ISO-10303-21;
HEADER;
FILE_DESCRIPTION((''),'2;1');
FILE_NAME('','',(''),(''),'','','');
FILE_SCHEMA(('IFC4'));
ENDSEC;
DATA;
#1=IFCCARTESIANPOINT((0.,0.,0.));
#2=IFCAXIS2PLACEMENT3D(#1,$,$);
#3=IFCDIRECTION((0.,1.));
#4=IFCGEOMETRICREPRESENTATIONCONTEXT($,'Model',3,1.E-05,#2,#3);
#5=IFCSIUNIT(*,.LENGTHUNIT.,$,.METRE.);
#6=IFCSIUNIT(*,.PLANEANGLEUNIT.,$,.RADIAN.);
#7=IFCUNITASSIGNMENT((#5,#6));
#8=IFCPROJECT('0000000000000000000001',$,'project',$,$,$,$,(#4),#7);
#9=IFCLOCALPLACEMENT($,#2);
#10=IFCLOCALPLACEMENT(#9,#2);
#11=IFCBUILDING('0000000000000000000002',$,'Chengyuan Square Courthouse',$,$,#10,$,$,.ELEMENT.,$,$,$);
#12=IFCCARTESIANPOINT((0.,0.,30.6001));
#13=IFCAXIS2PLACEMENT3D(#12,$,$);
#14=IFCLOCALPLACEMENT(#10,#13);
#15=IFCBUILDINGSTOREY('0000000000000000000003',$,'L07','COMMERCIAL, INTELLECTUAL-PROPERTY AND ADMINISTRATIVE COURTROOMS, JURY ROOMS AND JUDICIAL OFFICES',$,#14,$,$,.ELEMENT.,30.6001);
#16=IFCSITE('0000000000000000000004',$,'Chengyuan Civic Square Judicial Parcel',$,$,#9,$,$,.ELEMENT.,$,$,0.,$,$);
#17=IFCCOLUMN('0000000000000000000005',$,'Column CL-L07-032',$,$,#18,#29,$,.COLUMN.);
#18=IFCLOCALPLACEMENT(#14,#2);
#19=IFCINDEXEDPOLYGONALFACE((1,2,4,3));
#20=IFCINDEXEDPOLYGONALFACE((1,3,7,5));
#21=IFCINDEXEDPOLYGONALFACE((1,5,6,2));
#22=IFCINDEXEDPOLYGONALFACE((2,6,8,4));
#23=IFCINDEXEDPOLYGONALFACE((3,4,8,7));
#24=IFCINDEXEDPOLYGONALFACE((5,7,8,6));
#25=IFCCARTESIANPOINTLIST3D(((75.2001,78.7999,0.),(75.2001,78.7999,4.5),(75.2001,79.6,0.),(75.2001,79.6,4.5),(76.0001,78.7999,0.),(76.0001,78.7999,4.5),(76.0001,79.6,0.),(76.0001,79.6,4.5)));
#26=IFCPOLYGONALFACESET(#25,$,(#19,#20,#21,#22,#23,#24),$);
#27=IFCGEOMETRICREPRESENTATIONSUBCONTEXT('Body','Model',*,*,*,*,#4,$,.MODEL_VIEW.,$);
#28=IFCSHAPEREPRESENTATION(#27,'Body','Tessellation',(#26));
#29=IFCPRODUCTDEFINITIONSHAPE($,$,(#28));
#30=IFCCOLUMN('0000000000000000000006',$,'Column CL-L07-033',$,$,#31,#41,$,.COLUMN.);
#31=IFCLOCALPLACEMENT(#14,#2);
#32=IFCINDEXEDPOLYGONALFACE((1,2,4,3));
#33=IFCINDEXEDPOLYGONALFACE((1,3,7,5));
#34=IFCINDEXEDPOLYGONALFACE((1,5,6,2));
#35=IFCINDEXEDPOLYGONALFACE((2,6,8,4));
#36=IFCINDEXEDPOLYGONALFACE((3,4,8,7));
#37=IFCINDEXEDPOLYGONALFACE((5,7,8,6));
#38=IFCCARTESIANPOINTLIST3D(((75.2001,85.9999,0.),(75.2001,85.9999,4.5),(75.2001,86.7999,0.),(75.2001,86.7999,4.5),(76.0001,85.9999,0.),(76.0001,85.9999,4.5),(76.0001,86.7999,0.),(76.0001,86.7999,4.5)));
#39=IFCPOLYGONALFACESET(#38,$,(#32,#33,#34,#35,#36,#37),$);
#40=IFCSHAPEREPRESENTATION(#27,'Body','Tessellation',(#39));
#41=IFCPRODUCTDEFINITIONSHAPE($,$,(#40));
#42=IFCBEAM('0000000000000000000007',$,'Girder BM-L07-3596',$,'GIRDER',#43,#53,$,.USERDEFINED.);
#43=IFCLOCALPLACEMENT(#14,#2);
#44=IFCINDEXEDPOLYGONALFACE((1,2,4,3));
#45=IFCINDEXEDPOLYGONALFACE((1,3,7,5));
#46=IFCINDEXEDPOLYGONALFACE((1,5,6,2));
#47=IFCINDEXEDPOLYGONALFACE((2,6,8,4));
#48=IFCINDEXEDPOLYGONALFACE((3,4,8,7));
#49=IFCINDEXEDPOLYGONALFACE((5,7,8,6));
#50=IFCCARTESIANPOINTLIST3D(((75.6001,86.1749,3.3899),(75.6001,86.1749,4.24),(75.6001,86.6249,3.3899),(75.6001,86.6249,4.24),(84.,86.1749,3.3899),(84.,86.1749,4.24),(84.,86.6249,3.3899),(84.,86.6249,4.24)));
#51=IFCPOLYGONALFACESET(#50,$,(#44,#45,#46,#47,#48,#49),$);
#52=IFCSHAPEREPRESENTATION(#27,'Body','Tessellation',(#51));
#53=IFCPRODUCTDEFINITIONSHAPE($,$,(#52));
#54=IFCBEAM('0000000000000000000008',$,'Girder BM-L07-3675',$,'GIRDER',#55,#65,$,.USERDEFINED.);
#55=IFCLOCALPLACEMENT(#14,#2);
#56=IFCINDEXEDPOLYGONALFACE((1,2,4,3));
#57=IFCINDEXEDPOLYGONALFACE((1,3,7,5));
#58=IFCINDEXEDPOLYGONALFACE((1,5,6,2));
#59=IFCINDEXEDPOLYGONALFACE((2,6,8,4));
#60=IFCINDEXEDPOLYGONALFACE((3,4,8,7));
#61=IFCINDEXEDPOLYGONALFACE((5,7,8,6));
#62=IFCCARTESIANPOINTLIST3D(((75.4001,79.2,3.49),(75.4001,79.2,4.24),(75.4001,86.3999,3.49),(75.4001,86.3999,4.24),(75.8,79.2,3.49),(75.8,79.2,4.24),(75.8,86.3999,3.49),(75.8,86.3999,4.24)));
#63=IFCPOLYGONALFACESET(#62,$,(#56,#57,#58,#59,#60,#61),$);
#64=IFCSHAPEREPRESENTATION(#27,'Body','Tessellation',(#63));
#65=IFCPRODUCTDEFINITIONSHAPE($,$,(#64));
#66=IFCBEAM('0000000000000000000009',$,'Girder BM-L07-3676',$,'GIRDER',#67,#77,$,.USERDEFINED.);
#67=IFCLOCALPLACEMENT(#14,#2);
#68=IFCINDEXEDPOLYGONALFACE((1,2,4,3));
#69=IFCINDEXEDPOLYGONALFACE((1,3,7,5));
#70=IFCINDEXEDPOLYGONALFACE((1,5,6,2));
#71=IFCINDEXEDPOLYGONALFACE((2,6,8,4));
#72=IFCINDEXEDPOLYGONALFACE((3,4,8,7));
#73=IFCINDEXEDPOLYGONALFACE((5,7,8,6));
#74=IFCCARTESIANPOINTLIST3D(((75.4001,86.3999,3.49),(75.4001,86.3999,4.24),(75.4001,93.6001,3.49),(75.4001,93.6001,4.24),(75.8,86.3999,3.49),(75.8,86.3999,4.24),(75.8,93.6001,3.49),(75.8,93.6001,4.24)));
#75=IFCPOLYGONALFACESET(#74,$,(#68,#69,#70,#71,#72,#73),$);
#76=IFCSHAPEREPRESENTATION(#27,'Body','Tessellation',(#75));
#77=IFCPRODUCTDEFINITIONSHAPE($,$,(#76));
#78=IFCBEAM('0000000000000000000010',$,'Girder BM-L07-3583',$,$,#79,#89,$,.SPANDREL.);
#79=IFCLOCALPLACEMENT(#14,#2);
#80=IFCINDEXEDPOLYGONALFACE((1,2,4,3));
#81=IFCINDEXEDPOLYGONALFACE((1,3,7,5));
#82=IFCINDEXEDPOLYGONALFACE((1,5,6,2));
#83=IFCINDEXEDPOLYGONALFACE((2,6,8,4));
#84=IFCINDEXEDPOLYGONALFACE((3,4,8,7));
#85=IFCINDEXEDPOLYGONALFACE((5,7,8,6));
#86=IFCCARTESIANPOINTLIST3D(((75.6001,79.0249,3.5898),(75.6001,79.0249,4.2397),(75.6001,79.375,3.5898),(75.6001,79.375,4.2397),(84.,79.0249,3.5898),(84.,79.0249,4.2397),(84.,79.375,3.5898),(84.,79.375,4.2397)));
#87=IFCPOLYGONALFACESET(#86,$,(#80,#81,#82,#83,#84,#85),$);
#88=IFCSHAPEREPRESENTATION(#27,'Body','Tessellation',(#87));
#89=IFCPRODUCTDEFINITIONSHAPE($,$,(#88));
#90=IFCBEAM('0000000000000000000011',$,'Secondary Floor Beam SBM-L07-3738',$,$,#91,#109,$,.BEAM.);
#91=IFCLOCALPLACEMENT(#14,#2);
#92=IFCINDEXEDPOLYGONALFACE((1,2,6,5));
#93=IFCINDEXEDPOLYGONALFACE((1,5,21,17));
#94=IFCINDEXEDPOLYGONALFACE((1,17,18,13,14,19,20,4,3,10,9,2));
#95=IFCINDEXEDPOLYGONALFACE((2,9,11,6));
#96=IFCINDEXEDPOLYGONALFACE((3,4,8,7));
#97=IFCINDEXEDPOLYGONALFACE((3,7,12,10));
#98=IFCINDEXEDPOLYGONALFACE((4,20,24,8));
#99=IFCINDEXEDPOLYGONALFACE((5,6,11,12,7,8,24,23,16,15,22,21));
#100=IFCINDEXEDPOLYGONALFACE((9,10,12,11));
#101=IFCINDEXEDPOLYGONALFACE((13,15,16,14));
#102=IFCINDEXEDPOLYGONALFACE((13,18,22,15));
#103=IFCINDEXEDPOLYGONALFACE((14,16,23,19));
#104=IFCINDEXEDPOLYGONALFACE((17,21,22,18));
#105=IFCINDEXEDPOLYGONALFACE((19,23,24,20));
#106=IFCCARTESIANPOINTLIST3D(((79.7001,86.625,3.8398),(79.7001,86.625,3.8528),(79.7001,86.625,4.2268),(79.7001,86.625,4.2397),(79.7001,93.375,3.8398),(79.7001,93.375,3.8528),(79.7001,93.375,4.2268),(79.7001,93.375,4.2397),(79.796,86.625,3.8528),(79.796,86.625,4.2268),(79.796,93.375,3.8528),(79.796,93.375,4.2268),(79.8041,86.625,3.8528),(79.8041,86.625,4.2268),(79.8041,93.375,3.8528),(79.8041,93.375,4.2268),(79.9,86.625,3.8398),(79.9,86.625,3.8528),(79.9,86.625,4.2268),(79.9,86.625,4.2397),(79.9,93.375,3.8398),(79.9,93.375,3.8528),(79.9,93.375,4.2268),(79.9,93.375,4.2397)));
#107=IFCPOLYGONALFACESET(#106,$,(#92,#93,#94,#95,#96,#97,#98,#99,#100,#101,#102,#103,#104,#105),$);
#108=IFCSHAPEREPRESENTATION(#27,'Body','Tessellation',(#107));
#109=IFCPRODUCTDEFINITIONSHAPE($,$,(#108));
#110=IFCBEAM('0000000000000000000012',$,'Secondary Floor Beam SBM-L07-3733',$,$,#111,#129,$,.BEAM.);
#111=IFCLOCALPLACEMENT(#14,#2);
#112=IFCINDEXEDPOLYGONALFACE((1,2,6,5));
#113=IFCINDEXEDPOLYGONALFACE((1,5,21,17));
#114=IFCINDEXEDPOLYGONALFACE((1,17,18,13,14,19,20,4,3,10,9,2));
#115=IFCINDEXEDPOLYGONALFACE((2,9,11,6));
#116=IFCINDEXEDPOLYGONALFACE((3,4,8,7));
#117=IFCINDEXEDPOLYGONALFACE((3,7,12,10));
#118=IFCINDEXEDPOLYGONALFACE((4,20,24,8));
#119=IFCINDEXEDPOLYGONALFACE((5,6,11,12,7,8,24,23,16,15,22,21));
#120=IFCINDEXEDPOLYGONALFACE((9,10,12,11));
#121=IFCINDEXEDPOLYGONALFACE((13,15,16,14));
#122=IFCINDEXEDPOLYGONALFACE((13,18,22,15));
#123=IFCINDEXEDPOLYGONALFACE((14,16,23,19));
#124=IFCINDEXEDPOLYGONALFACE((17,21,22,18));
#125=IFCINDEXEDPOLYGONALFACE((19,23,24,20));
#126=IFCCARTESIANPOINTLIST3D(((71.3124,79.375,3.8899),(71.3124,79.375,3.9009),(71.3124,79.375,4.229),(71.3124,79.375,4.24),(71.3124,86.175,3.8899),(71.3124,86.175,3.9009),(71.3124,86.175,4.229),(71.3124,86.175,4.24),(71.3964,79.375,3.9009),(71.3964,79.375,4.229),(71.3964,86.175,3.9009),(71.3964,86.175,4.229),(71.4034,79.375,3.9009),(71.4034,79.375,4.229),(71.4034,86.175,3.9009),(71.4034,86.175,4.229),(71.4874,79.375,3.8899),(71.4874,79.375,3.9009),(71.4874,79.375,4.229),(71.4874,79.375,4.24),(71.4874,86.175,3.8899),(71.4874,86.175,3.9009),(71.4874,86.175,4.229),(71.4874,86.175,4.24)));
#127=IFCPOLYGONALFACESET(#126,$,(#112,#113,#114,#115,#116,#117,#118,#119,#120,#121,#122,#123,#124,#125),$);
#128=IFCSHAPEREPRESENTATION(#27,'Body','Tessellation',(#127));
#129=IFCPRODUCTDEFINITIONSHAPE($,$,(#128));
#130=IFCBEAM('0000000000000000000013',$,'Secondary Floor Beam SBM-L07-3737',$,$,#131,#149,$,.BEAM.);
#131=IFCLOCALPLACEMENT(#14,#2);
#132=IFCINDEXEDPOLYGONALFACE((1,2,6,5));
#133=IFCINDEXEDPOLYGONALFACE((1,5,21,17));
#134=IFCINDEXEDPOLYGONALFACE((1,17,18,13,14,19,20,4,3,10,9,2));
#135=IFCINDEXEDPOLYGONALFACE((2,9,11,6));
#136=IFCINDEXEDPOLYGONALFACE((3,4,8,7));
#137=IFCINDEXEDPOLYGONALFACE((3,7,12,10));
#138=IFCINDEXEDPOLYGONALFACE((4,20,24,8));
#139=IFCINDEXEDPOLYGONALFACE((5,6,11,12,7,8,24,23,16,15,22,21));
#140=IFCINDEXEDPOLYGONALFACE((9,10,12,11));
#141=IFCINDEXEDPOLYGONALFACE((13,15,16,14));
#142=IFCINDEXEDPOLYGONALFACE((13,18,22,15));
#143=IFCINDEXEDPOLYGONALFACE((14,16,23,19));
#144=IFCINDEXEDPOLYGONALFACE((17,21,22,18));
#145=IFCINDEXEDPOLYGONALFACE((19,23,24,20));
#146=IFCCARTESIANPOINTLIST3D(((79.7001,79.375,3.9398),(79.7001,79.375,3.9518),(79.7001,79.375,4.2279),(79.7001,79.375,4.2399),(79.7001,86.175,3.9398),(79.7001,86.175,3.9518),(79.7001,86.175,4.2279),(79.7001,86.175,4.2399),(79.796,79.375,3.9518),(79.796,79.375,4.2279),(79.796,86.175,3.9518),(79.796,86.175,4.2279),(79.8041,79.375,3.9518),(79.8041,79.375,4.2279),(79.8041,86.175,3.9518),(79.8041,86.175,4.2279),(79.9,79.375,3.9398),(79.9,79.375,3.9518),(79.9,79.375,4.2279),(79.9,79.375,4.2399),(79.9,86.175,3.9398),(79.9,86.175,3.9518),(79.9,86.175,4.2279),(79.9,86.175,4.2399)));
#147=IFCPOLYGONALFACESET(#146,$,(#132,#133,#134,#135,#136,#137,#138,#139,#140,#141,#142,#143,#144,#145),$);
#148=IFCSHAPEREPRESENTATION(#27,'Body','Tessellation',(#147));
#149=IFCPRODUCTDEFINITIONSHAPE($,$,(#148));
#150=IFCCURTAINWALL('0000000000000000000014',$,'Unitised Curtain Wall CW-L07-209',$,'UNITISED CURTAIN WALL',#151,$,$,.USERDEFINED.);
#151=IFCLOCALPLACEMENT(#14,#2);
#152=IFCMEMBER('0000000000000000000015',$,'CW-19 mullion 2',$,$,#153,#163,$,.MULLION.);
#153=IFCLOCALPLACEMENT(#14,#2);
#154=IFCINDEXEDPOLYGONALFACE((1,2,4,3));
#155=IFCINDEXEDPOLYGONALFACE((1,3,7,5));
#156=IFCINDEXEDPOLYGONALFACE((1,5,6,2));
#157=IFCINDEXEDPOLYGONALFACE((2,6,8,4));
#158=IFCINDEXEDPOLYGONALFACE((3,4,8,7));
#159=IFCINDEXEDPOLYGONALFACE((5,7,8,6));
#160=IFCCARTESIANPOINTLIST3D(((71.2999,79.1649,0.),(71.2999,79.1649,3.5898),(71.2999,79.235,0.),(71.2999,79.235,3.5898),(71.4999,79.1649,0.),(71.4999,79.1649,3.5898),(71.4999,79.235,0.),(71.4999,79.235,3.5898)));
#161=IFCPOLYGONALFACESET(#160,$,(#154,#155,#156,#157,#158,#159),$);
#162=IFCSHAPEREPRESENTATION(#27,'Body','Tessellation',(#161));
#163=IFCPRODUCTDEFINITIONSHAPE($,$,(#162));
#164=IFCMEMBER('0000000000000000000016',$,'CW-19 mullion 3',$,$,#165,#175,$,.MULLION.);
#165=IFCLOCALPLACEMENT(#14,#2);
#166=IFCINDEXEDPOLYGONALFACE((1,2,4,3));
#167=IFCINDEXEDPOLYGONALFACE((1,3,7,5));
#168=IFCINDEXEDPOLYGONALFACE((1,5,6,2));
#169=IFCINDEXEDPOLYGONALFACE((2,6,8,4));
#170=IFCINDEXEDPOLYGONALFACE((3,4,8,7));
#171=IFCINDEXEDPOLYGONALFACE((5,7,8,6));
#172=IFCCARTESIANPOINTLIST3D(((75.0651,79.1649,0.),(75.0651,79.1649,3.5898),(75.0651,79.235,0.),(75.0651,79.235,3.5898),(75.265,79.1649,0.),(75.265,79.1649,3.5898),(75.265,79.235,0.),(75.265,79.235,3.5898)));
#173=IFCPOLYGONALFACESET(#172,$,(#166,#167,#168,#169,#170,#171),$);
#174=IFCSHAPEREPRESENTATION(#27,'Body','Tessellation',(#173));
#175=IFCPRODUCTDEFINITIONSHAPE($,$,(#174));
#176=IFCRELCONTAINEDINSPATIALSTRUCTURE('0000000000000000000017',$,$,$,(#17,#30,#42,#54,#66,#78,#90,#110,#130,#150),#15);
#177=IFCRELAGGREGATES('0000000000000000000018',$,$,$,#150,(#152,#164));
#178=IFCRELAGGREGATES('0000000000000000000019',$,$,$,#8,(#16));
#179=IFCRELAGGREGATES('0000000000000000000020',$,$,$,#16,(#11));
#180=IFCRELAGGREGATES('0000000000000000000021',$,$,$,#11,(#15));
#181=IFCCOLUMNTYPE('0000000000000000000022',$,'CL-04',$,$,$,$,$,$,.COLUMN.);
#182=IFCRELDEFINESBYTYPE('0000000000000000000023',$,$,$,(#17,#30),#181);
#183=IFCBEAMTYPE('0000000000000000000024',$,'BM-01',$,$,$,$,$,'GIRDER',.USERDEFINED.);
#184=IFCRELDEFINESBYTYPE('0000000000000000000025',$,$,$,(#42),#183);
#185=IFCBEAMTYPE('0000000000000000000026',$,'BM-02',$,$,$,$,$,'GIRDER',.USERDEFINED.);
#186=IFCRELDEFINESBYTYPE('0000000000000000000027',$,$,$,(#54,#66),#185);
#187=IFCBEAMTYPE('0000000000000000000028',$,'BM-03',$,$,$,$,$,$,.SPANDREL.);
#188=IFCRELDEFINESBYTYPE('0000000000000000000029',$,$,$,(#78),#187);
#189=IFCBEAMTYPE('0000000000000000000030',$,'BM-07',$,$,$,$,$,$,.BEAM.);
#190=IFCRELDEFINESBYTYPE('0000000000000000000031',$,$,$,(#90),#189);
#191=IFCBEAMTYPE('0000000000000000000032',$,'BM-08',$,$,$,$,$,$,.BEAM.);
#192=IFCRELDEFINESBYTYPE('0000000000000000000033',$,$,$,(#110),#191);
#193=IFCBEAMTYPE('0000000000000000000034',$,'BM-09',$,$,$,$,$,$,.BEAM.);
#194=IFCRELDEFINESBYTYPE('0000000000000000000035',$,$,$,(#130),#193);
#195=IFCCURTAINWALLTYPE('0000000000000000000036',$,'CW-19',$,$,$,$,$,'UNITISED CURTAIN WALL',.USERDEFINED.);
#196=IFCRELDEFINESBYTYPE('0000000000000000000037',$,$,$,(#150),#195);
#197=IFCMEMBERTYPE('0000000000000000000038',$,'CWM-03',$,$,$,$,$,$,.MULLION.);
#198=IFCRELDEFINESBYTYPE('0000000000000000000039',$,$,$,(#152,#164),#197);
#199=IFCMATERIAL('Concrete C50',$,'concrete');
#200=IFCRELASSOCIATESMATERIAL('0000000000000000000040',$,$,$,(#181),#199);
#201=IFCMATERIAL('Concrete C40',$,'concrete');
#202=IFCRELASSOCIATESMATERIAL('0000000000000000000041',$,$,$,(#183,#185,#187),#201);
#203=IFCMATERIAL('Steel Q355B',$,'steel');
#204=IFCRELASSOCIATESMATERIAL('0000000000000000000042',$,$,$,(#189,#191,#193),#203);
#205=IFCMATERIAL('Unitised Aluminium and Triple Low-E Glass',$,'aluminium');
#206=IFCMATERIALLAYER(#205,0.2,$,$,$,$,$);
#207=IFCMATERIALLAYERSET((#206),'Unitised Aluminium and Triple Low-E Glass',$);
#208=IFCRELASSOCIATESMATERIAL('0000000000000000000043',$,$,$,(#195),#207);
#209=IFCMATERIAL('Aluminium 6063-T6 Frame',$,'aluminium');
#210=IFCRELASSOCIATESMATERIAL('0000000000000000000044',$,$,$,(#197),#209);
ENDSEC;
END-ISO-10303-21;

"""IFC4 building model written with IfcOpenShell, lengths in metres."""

from ifc_helpers import new_model, si_unit, direction, frame, origin, origin_2d, place, context, subcontext, project, spatial, rectangle, i_section, extrude, material, layer, layer_set, material_profile, profile_set, type_object, element, aggregate, save


model = new_model("IFC4")

# Units and contexts
model_context = context("Model", 3, precision=1e-05, world=origin(), true_north=direction((0.0, 1.0)))
body_context = subcontext(model_context, "Body", "Model", "MODEL_VIEW")
ifc_project = project(units=[si_unit("LENGTHUNIT", "METRE"), si_unit("PLANEANGLEUNIT", "RADIAN")], contexts=[model_context])

# Site, building, storey
site_placement = place(None, origin())
site = spatial("IfcSite", under=ifc_project, at=site_placement, Name="Chengyuan Civic Square Judicial Parcel", CompositionType="ELEMENT", RefElevation=0.0)
building_placement = place(site_placement, origin())
building = spatial("IfcBuilding", under=site, at=building_placement, Name="Chengyuan Square Courthouse", CompositionType="ELEMENT")
storey_placement = place(building_placement, frame((0.0, 0.0, 30.6001)))
storey = spatial("IfcBuildingStorey", under=building, at=storey_placement, Name="L07", Description="COMMERCIAL, INTELLECTUAL-PROPERTY AND ADMINISTRATIVE COURTROOMS, JURY ROOMS AND JUDICIAL OFFICES", CompositionType="ELEMENT", Elevation=30.6001)

# Columns
ifc_material_1 = material(Name="Concrete C50", Category="concrete")
ifc_material_profile_1 = material_profile(ifc_material_1, rectangle(XDim=0.8, YDim=0.8, at=origin_2d()), Name="RC-COL-800x800")
ifc_profile_set_1 = profile_set([ifc_material_profile_1], Name="Concrete C50")
column_type = type_object("IfcColumnType", Name="CL-04", PredefinedType="COLUMN", material=ifc_profile_set_1)
for number, where, z_axis, x_axis, name in (
    (1, (75.6001, 79.2, 0.0), (0.0, 0.0, 1.0), (1.0, 0.0, 0.0), "Column CL-L07-032"),
    (2, (75.6001, 86.3999, 0.0), (0.0, 0.0, 1.0), (1.0, 0.0, 0.0), "Column CL-L07-033"),
):
    element("IfcColumn", number, at=place(storey_placement, frame(where, z_axis=z_axis, x_axis=x_axis)), inside=storey, type_object=column_type, Name=name, PredefinedType="COLUMN", context=body_context, shape_type="SweptSolid", body=[
        extrude(rectangle(XDim=0.8, YDim=0.8, at=origin_2d()), origin(), (0.0, 0.0, 1.0), 4.5),
    ])

# Beams
ifc_material_2 = material(Name="Concrete C40", Category="concrete")
ifc_material_profile_2 = material_profile(ifc_material_2, rectangle(XDim=0.45, YDim=0.8501, at=origin_2d()), Name="RC-BM-450x850")
ifc_profile_set_2 = profile_set([ifc_material_profile_2], Name="Concrete C40")
beam_type_1 = type_object("IfcBeamType", Name="BM-01", ElementType="GIRDER", PredefinedType="USERDEFINED", material=ifc_profile_set_2)
beam_1_placement = place(storey_placement, frame((75.6001, 86.3999, 3.8149), z_axis=(1.0, 0.0, 0.0), x_axis=(0.0, 1.0, 0.0)))
element("IfcBeam", 3, at=beam_1_placement, inside=storey, type_object=beam_type_1, Name="Girder BM-L07-3596", ObjectType="GIRDER", PredefinedType="USERDEFINED", context=body_context, shape_type="SweptSolid", body=[
    extrude(rectangle(XDim=0.45, YDim=0.8501, at=origin_2d()), origin(), (0.0, 0.0, 1.0), 8.3999),
])
ifc_material_profile_3 = material_profile(ifc_material_2, rectangle(XDim=0.3999, YDim=0.75, at=origin_2d()), Name="RC-BM-400x750")
ifc_profile_set_3 = profile_set([ifc_material_profile_3], Name="Concrete C40")
beam_type_2 = type_object("IfcBeamType", Name="BM-02", ElementType="GIRDER", PredefinedType="USERDEFINED", material=ifc_profile_set_3)
beam_2_placement = place(storey_placement, frame((75.6001, 79.2, 3.865), z_axis=(0.0, 1.0, 0.0), x_axis=(-1.0, 0.0, 0.0)))
element("IfcBeam", 4, at=beam_2_placement, inside=storey, type_object=beam_type_2, Name="Girder BM-L07-3675", ObjectType="GIRDER", PredefinedType="USERDEFINED", context=body_context, shape_type="SweptSolid", body=[
    extrude(rectangle(XDim=0.3999, YDim=0.75, at=origin_2d()), origin(), (0.0, 0.0, 1.0), 7.2),
])
beam_3_placement = place(storey_placement, frame((75.6001, 86.3999, 3.865), z_axis=(0.0, 1.0, 0.0), x_axis=(-1.0, 0.0, 0.0)))
element("IfcBeam", 5, at=beam_3_placement, inside=storey, type_object=beam_type_2, Name="Girder BM-L07-3676", ObjectType="GIRDER", PredefinedType="USERDEFINED", context=body_context, shape_type="SweptSolid", body=[
    extrude(rectangle(XDim=0.3999, YDim=0.75, at=origin_2d()), origin(), (0.0, 0.0, 1.0), 7.2002),
])
ifc_material_profile_4 = material_profile(ifc_material_2, rectangle(XDim=0.3501, YDim=0.6499, at=origin_2d()), Name="RC-BM-350x650")
ifc_profile_set_4 = profile_set([ifc_material_profile_4], Name="Concrete C40")
beam_type_3 = type_object("IfcBeamType", Name="BM-03", PredefinedType="SPANDREL", material=ifc_profile_set_4)
beam_4_placement = place(storey_placement, frame((75.6001, 79.2, 3.9148), z_axis=(1.0, 0.0, 0.0), x_axis=(0.0, 1.0, 0.0)))
element("IfcBeam", 6, at=beam_4_placement, inside=storey, type_object=beam_type_3, Name="Girder BM-L07-3583", PredefinedType="SPANDREL", context=body_context, shape_type="SweptSolid", body=[
    extrude(rectangle(XDim=0.3501, YDim=0.6499, at=origin_2d()), origin(), (0.0, 0.0, 1.0), 8.3999),
])
ifc_material_3 = material(Name="Steel Q355B", Category="steel")
ifc_material_profile_5 = material_profile(ifc_material_3, i_section(OverallWidth=0.2, OverallDepth=0.3999, WebThickness=0.0081, FlangeThickness=0.0129, at=origin_2d()), Name="HN 400x200x8x13")
ifc_profile_set_5 = profile_set([ifc_material_profile_5], Name="Steel Q355B")
beam_type_4 = type_object("IfcBeamType", Name="BM-07", PredefinedType="BEAM", material=ifc_profile_set_5)
beam_5_placement = place(storey_placement, frame((79.8, 86.625, 4.0398), z_axis=(0.0, 1.0, 0.0), x_axis=(-1.0, 0.0, 0.0)))
element("IfcBeam", 7, at=beam_5_placement, inside=storey, type_object=beam_type_4, Name="Secondary Floor Beam SBM-L07-3738", PredefinedType="BEAM", context=body_context, shape_type="SweptSolid", body=[
    extrude(i_section(OverallWidth=0.2, OverallDepth=0.3999, WebThickness=0.0081, FlangeThickness=0.0129, at=origin_2d()), origin(), (0.0, 0.0, 1.0), 6.75),
])
ifc_material_profile_6 = material_profile(ifc_material_3, i_section(OverallWidth=0.175, OverallDepth=0.3501, WebThickness=0.0071, FlangeThickness=0.011, at=origin_2d()), Name="HN 350x175x7x11")
ifc_profile_set_6 = profile_set([ifc_material_profile_6], Name="Steel Q355B")
beam_type_5 = type_object("IfcBeamType", Name="BM-08", PredefinedType="BEAM", material=ifc_profile_set_6)
beam_6_placement = place(storey_placement, frame((71.3999, 79.375, 4.0649), z_axis=(0.0, 1.0, 0.0), x_axis=(-1.0, 0.0, 0.0)))
element("IfcBeam", 8, at=beam_6_placement, inside=storey, type_object=beam_type_5, Name="Secondary Floor Beam SBM-L07-3733", PredefinedType="BEAM", context=body_context, shape_type="SweptSolid", body=[
    extrude(i_section(OverallWidth=0.175, OverallDepth=0.3501, WebThickness=0.0071, FlangeThickness=0.011, at=origin_2d()), origin(), (0.0, 0.0, 1.0), 6.8),
])
ifc_material_profile_7 = material_profile(ifc_material_3, i_section(OverallWidth=0.2, OverallDepth=0.3, WebThickness=0.0081, FlangeThickness=0.012, at=origin_2d()), Name="HM 300x200x8x12")
ifc_profile_set_7 = profile_set([ifc_material_profile_7], Name="Steel Q355B")
beam_type_6 = type_object("IfcBeamType", Name="BM-09", PredefinedType="BEAM", material=ifc_profile_set_7)
beam_7_placement = place(storey_placement, frame((79.8, 79.375, 4.0898), z_axis=(0.0, 1.0, 0.0), x_axis=(-1.0, 0.0, 0.0)))
element("IfcBeam", 9, at=beam_7_placement, inside=storey, type_object=beam_type_6, Name="Secondary Floor Beam SBM-L07-3737", PredefinedType="BEAM", context=body_context, shape_type="SweptSolid", body=[
    extrude(i_section(OverallWidth=0.2, OverallDepth=0.3, WebThickness=0.0081, FlangeThickness=0.012, at=origin_2d()), origin(), (0.0, 0.0, 1.0), 6.8),
])

# Curtain wall, members
ifc_material_4 = material(Name="Unitised Aluminium and Triple Low-E Glass", Category="aluminium")
ifc_layer_1 = layer(ifc_material_4, 0.2)
ifc_layer_set_1 = layer_set([ifc_layer_1], Name="Unitised Aluminium and Triple Low-E Glass")
curtain_wall_type = type_object("IfcCurtainWallType", Name="CW-19", ElementType="UNITISED CURTAIN WALL", PredefinedType="USERDEFINED", material=ifc_layer_set_1)
curtain_wall_1_placement = place(storey_placement, origin())
curtain_wall_1 = element("IfcCurtainWall", 10, at=curtain_wall_1_placement, inside=storey, type_object=curtain_wall_type, Name="Unitised Curtain Wall CW-L07-209", ObjectType="UNITISED CURTAIN WALL", PredefinedType="USERDEFINED")
ifc_material_5 = material(Name="Aluminium 6063-T6 Frame", Category="aluminium")
ifc_material_profile_8 = material_profile(ifc_material_5, rectangle(XDim=0.0701, YDim=0.2, at=origin_2d()), Name="CW-MUL-70x200")
ifc_profile_set_8 = profile_set([ifc_material_profile_8], Name="Aluminium 6063-T6 Frame")
member_type_1 = type_object("IfcMemberType", Name="CWM-03", PredefinedType="MULLION", material=ifc_profile_set_8)
member_1_placement = place(storey_placement, frame((71.3999, 79.2, 0.0), z_axis=(0.0, 0.0, 1.0), x_axis=(0.0, 1.0, 0.0)))
member_1 = element("IfcMember", 11, at=member_1_placement, type_object=member_type_1, Name="CW-19 mullion 2", PredefinedType="MULLION", context=body_context, shape_type="SweptSolid", body=[
    extrude(rectangle(XDim=0.0701, YDim=0.2, at=origin_2d()), origin(), (0.0, 0.0, 1.0), 3.5898),
])
member_2_placement = place(storey_placement, frame((75.165, 79.2, 0.0), z_axis=(0.0, 0.0, 1.0), x_axis=(0.0, 1.0, 0.0)))
member_2 = element("IfcMember", 12, at=member_2_placement, type_object=member_type_1, Name="CW-19 mullion 3", PredefinedType="MULLION", context=body_context, shape_type="SweptSolid", body=[
    extrude(rectangle(XDim=0.0701, YDim=0.2, at=origin_2d()), origin(), (0.0, 0.0, 1.0), 3.5898),
])

aggregate(curtain_wall_1, [member_1, member_2])

save(model, "model.ifc")
